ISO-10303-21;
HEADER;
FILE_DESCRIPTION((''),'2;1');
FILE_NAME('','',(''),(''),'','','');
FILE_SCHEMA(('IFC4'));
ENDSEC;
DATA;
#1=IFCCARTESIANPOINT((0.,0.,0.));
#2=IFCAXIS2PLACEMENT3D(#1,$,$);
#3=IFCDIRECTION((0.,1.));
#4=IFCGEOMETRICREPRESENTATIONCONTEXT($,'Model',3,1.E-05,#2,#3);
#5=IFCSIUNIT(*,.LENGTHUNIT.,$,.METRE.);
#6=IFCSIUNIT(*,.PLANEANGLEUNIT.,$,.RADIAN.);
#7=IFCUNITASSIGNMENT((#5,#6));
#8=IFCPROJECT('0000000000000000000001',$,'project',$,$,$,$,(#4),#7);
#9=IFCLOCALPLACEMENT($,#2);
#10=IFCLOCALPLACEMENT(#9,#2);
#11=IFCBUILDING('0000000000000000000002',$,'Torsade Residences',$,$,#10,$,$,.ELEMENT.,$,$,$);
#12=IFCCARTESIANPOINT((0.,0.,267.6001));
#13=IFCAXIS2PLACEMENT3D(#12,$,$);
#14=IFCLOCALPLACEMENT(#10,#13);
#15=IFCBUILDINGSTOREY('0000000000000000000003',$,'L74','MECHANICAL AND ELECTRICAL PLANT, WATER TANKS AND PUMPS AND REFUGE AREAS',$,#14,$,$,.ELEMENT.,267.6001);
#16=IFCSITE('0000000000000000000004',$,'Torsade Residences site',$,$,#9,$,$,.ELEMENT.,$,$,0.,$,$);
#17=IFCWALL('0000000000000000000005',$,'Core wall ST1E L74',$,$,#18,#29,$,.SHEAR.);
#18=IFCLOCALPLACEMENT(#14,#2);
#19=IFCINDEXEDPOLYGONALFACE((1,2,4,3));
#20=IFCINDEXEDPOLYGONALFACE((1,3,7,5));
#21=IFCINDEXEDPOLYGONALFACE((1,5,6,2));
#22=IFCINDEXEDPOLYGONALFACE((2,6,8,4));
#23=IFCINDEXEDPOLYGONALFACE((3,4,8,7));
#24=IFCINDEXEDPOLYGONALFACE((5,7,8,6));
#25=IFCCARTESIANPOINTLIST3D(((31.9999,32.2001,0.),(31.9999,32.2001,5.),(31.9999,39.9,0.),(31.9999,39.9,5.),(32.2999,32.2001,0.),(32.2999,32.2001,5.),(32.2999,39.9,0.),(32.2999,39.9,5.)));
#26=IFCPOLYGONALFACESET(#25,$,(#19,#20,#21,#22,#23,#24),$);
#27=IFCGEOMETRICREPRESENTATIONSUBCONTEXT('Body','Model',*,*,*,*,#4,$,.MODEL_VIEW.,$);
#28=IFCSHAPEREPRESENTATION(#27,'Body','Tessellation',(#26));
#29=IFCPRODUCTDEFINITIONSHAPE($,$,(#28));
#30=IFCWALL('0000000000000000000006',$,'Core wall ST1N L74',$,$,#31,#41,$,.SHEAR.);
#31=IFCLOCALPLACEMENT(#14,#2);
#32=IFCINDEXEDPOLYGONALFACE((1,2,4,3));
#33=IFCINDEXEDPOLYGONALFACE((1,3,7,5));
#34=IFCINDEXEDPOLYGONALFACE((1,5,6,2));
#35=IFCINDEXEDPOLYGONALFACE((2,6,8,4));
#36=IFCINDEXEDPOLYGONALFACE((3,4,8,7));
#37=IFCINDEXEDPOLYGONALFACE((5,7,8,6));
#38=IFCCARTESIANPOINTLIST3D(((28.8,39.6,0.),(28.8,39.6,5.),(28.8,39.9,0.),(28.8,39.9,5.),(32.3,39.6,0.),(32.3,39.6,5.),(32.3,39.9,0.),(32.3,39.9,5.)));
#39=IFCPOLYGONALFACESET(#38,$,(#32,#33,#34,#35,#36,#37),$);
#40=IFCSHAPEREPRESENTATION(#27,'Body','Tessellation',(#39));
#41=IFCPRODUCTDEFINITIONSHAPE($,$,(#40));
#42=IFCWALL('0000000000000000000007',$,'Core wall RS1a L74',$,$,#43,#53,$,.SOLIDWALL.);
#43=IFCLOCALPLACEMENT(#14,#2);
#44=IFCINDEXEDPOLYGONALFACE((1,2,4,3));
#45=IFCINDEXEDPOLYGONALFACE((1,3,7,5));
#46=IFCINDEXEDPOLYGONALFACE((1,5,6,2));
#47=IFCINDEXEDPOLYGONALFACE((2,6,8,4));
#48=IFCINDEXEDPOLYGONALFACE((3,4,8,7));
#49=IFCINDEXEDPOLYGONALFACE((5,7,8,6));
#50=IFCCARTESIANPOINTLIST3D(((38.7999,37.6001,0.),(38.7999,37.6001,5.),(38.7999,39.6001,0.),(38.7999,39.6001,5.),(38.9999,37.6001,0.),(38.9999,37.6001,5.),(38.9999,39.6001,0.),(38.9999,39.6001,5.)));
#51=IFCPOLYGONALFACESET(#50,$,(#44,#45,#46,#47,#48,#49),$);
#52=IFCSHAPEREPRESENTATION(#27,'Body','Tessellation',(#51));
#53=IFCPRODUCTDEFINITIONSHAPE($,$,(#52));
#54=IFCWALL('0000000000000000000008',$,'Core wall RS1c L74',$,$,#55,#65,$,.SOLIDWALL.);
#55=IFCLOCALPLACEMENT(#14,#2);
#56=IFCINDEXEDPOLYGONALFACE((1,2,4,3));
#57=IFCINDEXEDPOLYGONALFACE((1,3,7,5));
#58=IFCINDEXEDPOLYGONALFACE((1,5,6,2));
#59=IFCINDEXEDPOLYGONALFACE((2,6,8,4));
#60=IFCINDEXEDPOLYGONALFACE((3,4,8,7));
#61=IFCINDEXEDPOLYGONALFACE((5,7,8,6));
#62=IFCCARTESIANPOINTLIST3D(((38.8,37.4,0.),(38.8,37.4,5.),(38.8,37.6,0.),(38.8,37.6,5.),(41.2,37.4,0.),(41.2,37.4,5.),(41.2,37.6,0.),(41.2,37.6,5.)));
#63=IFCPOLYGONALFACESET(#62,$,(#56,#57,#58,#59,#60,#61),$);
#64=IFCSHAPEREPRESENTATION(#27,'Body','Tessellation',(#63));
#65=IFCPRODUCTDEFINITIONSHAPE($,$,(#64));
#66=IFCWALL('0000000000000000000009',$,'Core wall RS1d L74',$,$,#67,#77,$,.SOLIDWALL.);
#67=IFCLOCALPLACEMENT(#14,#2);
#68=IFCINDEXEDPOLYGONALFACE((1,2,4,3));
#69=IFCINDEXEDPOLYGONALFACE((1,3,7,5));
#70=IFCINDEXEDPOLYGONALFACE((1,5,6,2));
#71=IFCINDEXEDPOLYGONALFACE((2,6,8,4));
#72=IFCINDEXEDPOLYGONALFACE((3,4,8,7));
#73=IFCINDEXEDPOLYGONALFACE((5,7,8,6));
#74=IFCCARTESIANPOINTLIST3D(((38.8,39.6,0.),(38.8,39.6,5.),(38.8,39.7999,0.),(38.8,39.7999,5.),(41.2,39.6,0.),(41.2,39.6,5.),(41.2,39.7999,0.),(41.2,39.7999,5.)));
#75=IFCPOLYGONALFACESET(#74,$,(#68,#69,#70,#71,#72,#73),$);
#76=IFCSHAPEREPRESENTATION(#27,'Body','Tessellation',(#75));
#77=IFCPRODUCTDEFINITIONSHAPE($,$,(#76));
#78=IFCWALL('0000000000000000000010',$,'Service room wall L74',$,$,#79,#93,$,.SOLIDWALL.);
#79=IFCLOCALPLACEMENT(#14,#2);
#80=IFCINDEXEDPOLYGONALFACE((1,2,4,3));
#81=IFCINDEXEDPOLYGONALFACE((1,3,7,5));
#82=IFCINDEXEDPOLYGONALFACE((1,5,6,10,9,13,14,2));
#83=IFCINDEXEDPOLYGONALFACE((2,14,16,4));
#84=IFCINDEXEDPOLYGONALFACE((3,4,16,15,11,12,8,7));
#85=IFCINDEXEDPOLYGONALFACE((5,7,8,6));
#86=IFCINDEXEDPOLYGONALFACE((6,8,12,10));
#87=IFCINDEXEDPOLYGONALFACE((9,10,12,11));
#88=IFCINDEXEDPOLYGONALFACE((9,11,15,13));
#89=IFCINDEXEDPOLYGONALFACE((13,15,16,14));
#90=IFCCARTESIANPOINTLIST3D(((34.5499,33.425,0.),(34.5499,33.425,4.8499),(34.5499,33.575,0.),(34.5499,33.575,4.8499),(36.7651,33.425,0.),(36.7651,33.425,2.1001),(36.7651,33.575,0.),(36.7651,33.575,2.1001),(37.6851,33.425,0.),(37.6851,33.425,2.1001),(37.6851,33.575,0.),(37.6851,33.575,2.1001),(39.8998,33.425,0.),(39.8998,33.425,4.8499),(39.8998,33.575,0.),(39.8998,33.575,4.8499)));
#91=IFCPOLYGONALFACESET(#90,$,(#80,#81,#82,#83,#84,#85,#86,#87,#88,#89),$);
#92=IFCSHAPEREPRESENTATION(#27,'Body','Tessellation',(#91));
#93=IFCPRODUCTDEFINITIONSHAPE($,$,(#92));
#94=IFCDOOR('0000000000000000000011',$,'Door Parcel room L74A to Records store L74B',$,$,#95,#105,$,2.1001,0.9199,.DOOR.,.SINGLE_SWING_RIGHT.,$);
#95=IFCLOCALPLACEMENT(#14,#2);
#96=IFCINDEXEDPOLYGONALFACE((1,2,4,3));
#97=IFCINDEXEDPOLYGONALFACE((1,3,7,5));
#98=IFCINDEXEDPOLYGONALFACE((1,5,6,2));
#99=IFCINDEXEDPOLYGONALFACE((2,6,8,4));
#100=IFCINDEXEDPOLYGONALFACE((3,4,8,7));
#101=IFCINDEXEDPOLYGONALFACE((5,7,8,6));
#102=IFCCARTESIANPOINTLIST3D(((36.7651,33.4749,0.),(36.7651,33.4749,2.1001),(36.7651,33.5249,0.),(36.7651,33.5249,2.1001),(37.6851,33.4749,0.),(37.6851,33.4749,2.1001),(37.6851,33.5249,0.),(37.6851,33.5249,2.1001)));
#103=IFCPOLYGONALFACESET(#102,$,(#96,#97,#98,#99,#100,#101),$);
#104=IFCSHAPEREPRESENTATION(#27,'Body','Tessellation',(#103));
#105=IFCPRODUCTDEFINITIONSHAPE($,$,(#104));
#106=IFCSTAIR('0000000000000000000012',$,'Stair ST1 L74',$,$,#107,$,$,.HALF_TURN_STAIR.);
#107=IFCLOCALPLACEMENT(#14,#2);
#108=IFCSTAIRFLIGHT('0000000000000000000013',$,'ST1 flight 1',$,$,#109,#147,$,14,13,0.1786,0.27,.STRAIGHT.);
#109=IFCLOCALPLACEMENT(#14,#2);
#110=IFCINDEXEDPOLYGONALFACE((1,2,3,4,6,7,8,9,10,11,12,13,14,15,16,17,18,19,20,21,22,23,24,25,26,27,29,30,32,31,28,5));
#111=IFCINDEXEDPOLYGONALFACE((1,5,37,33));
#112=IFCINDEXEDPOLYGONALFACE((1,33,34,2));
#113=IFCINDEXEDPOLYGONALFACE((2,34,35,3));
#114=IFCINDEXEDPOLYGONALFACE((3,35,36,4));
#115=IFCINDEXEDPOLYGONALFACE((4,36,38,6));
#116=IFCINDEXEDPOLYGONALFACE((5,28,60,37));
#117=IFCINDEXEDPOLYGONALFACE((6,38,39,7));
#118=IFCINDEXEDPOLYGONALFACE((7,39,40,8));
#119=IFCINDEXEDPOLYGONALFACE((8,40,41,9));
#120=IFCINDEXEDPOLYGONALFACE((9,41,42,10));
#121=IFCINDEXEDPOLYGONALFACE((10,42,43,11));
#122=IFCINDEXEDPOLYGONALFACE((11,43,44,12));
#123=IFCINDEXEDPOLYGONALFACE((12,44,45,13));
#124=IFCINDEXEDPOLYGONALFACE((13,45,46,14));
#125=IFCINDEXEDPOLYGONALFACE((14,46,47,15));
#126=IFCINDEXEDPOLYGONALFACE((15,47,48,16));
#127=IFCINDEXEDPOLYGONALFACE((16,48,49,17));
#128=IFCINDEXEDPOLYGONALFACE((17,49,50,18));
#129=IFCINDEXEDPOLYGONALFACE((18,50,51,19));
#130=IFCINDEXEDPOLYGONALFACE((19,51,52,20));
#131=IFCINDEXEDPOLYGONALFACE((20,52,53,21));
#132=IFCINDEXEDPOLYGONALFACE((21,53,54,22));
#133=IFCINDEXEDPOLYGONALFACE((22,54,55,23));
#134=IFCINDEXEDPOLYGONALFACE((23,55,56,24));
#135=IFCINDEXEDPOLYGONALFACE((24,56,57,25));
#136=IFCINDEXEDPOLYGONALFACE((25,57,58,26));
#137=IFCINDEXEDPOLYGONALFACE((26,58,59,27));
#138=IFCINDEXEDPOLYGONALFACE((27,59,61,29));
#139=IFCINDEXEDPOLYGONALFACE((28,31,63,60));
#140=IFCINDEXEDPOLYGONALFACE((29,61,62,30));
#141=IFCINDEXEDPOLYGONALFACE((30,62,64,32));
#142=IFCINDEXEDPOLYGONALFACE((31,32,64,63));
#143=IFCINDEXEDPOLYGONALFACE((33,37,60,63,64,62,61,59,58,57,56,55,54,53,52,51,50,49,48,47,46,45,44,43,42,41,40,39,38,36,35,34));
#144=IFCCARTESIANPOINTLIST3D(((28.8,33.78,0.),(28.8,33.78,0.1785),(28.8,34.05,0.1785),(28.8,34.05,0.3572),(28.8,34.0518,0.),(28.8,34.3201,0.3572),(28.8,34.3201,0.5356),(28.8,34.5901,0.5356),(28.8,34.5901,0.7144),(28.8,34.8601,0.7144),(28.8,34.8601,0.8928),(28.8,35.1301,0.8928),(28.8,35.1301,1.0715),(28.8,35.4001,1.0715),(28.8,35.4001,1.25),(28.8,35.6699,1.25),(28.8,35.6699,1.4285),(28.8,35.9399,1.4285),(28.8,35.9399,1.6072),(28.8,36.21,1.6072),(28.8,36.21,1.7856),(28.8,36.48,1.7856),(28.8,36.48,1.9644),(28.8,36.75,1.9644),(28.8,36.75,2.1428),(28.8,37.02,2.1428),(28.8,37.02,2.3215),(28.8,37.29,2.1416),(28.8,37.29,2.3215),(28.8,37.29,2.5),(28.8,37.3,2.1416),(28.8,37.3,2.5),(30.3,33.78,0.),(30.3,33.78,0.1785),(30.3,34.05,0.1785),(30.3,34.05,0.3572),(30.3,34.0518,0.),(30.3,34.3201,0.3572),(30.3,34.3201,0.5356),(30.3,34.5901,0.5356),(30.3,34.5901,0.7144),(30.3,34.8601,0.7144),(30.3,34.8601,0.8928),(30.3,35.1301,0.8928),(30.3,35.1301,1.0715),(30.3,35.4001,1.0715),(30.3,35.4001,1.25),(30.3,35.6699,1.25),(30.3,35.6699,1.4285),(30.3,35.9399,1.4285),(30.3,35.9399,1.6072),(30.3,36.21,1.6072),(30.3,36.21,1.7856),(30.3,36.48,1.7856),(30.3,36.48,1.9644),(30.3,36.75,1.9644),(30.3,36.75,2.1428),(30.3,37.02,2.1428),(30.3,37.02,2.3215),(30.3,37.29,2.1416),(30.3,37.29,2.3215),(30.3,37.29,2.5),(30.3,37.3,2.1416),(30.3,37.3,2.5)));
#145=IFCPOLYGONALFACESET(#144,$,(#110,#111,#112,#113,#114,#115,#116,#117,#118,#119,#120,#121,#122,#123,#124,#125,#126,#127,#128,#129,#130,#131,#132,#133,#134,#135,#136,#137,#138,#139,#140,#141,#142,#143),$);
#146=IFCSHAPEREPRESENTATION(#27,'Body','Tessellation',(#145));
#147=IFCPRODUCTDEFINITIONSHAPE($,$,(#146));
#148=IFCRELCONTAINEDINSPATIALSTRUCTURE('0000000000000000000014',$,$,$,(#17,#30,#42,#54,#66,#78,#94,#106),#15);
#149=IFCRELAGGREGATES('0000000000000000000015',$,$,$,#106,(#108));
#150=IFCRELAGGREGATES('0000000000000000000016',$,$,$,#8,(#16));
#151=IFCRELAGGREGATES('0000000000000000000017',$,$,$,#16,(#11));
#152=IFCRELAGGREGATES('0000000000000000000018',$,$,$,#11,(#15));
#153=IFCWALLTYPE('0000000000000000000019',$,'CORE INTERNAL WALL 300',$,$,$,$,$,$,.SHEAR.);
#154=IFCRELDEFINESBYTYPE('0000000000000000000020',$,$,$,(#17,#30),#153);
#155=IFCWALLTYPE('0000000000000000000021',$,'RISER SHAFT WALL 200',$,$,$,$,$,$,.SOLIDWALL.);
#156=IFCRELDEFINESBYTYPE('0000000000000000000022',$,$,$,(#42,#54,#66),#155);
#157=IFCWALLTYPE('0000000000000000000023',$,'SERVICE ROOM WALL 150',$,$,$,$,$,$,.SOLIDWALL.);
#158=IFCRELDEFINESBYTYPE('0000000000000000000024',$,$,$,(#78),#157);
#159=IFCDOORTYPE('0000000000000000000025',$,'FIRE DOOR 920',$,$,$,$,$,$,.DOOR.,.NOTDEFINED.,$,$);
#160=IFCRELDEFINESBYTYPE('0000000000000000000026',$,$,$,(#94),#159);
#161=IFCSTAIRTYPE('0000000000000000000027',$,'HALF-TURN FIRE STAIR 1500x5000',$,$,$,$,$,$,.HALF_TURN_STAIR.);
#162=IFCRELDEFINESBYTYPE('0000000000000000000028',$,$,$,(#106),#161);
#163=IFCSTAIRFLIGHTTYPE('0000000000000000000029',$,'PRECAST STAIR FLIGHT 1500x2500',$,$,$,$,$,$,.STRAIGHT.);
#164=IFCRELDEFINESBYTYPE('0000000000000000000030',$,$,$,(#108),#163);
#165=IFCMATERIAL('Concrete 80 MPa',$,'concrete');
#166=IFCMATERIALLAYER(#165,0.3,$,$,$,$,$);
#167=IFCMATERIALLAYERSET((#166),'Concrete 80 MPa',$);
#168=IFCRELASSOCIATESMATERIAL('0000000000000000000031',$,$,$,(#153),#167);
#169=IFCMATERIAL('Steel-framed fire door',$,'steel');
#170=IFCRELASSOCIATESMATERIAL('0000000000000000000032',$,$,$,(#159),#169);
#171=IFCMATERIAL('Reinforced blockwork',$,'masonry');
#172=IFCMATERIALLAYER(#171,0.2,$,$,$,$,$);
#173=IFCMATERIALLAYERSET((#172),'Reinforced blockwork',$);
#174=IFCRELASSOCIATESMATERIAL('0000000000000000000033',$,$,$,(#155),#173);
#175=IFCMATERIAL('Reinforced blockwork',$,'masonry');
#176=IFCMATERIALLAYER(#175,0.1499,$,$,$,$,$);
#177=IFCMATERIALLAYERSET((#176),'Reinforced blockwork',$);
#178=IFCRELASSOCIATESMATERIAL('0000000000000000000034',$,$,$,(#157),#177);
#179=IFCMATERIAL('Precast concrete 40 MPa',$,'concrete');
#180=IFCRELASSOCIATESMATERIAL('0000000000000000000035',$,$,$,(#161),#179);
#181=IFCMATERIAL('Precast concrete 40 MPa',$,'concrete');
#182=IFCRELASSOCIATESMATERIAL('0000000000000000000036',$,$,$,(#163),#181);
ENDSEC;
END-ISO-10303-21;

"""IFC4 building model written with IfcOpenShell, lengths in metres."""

from ifc_helpers import new_model, si_unit, direction, frame, frame_2d, origin, place, context, subcontext, project, spatial, polyline, rectangle, outline, extrude, material, layer, layer_set, type_object, element, fill, aggregate, save


model = new_model("IFC4")

# Units and contexts
model_context = context("Model", 3, precision=1e-05, world=origin(), true_north=direction((0.0, 1.0)))
body_context = subcontext(model_context, "Body", "Model", "MODEL_VIEW")
ifc_project = project(units=[si_unit("LENGTHUNIT", "METRE"), si_unit("PLANEANGLEUNIT", "RADIAN")], contexts=[model_context])

# Site, building, storey
site_placement = place(None, origin())
site = spatial("IfcSite", under=ifc_project, at=site_placement, Name="Torsade Residences site", CompositionType="ELEMENT", RefElevation=0.0)
building_placement = place(site_placement, origin())
building = spatial("IfcBuilding", under=site, at=building_placement, Name="Torsade Residences", CompositionType="ELEMENT")
storey_placement = place(building_placement, frame((0.0, 0.0, 267.6001)))
storey = spatial("IfcBuildingStorey", under=building, at=storey_placement, Name="L74", Description="MECHANICAL AND ELECTRICAL PLANT, WATER TANKS AND PUMPS AND REFUGE AREAS", CompositionType="ELEMENT", Elevation=267.6001)

# Shared definitions
ifc_material_1 = material(Name="Concrete 80 MPa", Category="concrete")
ifc_layer_1 = layer(ifc_material_1, 0.3)
ifc_layer_set_1 = layer_set([ifc_layer_1], Name="Concrete 80 MPa")
wall_type_1 = type_object("IfcWallType", Name="CORE INTERNAL WALL 300", PredefinedType="SHEAR", material=ifc_layer_set_1)
ifc_material_2 = material(Name="Steel-framed fire door", Category="steel")
door_type_1 = type_object("IfcDoorType", Name="FIRE DOOR 920", OperationType="NOTDEFINED", PredefinedType="DOOR", material=ifc_material_2)

# Walls
wall_1_placement = place(storey_placement, frame((32.1499, 32.2, 0.0), z_axis=(0.0, 0.0, 1.0), x_axis=(0.0, 1.0, 0.0)))
element("IfcWall", 1, at=wall_1_placement, inside=storey, type_object=wall_type_1, Name="Core wall ST1E L74", PredefinedType="SHEAR", context=body_context, shape_type="SweptSolid", body=[
    extrude(rectangle(XDim=7.7, YDim=0.3, at=frame_2d((3.8501, 0.0))), origin(), (0.0, 0.0, 1.0), 5.0),
])
wall_2_placement = place(storey_placement, frame((28.8, 39.75, 0.0), z_axis=(0.0, 0.0, 1.0), x_axis=(1.0, 0.0, 0.0)))
element("IfcWall", 2, at=wall_2_placement, inside=storey, type_object=wall_type_1, Name="Core wall ST1N L74", PredefinedType="SHEAR", context=body_context, shape_type="SweptSolid", body=[
    extrude(rectangle(XDim=3.5, YDim=0.3, at=frame_2d((1.75, 0.0))), origin(), (0.0, 0.0, 1.0), 5.0),
])
ifc_material_3 = material(Name="Reinforced blockwork", Category="masonry")
ifc_layer_2 = layer(ifc_material_3, 0.2)
ifc_layer_set_2 = layer_set([ifc_layer_2], Name="Reinforced blockwork")
wall_type_2 = type_object("IfcWallType", Name="RISER SHAFT WALL 200", PredefinedType="SOLIDWALL", material=ifc_layer_set_2)
wall_3_placement = place(storey_placement, frame((38.8999, 37.6001, 0.0), z_axis=(0.0, 0.0, 1.0), x_axis=(0.0, 1.0, 0.0)))
element("IfcWall", 3, at=wall_3_placement, inside=storey, type_object=wall_type_2, Name="Core wall RS1a L74", PredefinedType="SOLIDWALL", context=body_context, shape_type="SweptSolid", body=[
    extrude(rectangle(XDim=2.0, YDim=0.2, at=frame_2d((1.0, 0.0))), origin(), (0.0, 0.0, 1.0), 5.0),
])
for number, where, z_axis, x_axis, name in (
    (4, (38.8, 37.5, 0.0), (0.0, 0.0, 1.0), (1.0, 0.0, 0.0), "Core wall RS1c L74"),
    (5, (38.8, 39.7, 0.0), (0.0, 0.0, 1.0), (1.0, 0.0, 0.0), "Core wall RS1d L74"),
):
    element("IfcWall", number, at=place(storey_placement, frame(where, z_axis=z_axis, x_axis=x_axis)), inside=storey, type_object=wall_type_2, Name=name, PredefinedType="SOLIDWALL", context=body_context, shape_type="SweptSolid", body=[
        extrude(rectangle(XDim=2.3999, YDim=0.2, at=frame_2d((1.2, 0.0))), origin(), (0.0, 0.0, 1.0), 5.0),
    ])

# Wall, opening, door
ifc_material_4 = material(Name="Reinforced blockwork", Category="masonry")
ifc_layer_3 = layer(ifc_material_4, 0.1499)
ifc_layer_set_3 = layer_set([ifc_layer_3], Name="Reinforced blockwork")
wall_type_3 = type_object("IfcWallType", Name="SERVICE ROOM WALL 150", PredefinedType="SOLIDWALL", material=ifc_layer_set_3)
wall_4_placement = place(storey_placement, frame((34.55, 33.5, 0.0), z_axis=(0.0, 0.0, 1.0), x_axis=(1.0, 0.0, 0.0)))
wall_4 = element("IfcWall", 6, at=wall_4_placement, inside=storey, type_object=wall_type_3, Name="Service room wall L74", PredefinedType="SOLIDWALL", context=body_context, shape_type="SweptSolid", body=[
    extrude(rectangle(XDim=5.3499, YDim=0.1499, at=frame_2d((2.6748, 0.0))), origin(), (0.0, 0.0, 1.0), 4.8499),
])
opening_1_placement = place(wall_4_placement, frame((2.2151, 0.0, 0.0)))
opening_1 = element("IfcOpeningElement", 7, at=opening_1_placement, cuts=wall_4, PredefinedType="OPENING", context=body_context, shape_type="SweptSolid", body=[
    extrude(rectangle(XDim=0.9199, YDim=2.1001, at=frame_2d((0.46, 1.05))), frame((0.0, 0.085, 0.0), z_axis=(0.0, -1.0, 0.0), x_axis=(1.0, 0.0, 0.0)), (0.0, 0.0, 1.0), 0.1699),
])
door_1_placement = place(opening_1_placement, origin())
door_1 = element("IfcDoor", 8, at=door_1_placement, inside=storey, type_object=door_type_1, Name="Door Parcel room L74A to Records store L74B", OperationType="SINGLE_SWING_RIGHT", OverallHeight=2.1001, OverallWidth=0.9199, PredefinedType="DOOR", context=body_context, shape_type="SweptSolid", body=[
    extrude(rectangle(XDim=0.9199, YDim=2.1001, at=frame_2d((0.46, 1.05))), frame((0.0, 0.0249, 0.0), z_axis=(0.0, -1.0, 0.0), x_axis=(1.0, 0.0, 0.0)), (0.0, 0.0, 1.0), 0.05),
])
fill(opening_1, door_1)

# Stair, stair flight
ifc_material_5 = material(Name="Precast concrete 40 MPa", Category="concrete")
stair_type = type_object("IfcStairType", Name="HALF-TURN FIRE STAIR 1500x5000", PredefinedType="HALF_TURN_STAIR", material=ifc_material_5)
stair_placement = place(storey_placement, origin())
stair = element("IfcStair", 9, at=stair_placement, inside=storey, type_object=stair_type, Name="Stair ST1 L74", PredefinedType="HALF_TURN_STAIR")
ifc_material_6 = material(Name="Precast concrete 40 MPa", Category="concrete")
stair_flight_type = type_object("IfcStairFlightType", Name="PRECAST STAIR FLIGHT 1500x2500", PredefinedType="STRAIGHT", material=ifc_material_6)
stair_flight_1_placement = place(storey_placement, frame((29.55, 33.78, 0.0), z_axis=(0.0, 0.0, 1.0), x_axis=(0.0, 1.0, 0.0)))
stair_flight_1 = element("IfcStairFlight", 10, at=stair_flight_1_placement, type_object=stair_flight_type, Name="ST1 flight 1", NumberOfRisers=14, NumberOfTreads=13, PredefinedType="STRAIGHT", RiserHeight=0.1786, TreadLength=0.27, context=body_context, shape_type="SweptSolid", body=[
    extrude(outline(polyline([(0.0, 0.0), (0.0, 0.1785), (0.27, 0.1785), (0.27, 0.3572), (0.54, 0.3572), (0.54, 0.5356), (0.8101, 0.5356), (0.8101, 0.7144), (1.0801, 0.7144), (1.0801, 0.8928), (1.3501, 0.8928), (1.3501, 1.0715), (1.6201, 1.0715), (1.6201, 1.25), (1.8899, 1.25), (1.8899, 1.4285), (2.1599, 1.4285), (2.1599, 1.6072), (2.4299, 1.6072), (2.4299, 1.7856), (2.7, 1.7856), (2.7, 1.9644), (2.97, 1.9644), (2.97, 2.1428), (3.24, 2.1428), (3.24, 2.3215), (3.51, 2.3215), (3.51, 2.5), (3.52, 2.5), (3.52, 2.1416), (3.51, 2.1416), (0.2717, 0.0), (0.0, 0.0)])), frame((0.0, 0.75, 0.0), z_axis=(0.0, -1.0, 0.0), x_axis=(1.0, 0.0, 0.0)), (0.0, 0.0, 1.0), 1.5),
])
aggregate(stair, [stair_flight_1])

save(model, "model.ifc")
